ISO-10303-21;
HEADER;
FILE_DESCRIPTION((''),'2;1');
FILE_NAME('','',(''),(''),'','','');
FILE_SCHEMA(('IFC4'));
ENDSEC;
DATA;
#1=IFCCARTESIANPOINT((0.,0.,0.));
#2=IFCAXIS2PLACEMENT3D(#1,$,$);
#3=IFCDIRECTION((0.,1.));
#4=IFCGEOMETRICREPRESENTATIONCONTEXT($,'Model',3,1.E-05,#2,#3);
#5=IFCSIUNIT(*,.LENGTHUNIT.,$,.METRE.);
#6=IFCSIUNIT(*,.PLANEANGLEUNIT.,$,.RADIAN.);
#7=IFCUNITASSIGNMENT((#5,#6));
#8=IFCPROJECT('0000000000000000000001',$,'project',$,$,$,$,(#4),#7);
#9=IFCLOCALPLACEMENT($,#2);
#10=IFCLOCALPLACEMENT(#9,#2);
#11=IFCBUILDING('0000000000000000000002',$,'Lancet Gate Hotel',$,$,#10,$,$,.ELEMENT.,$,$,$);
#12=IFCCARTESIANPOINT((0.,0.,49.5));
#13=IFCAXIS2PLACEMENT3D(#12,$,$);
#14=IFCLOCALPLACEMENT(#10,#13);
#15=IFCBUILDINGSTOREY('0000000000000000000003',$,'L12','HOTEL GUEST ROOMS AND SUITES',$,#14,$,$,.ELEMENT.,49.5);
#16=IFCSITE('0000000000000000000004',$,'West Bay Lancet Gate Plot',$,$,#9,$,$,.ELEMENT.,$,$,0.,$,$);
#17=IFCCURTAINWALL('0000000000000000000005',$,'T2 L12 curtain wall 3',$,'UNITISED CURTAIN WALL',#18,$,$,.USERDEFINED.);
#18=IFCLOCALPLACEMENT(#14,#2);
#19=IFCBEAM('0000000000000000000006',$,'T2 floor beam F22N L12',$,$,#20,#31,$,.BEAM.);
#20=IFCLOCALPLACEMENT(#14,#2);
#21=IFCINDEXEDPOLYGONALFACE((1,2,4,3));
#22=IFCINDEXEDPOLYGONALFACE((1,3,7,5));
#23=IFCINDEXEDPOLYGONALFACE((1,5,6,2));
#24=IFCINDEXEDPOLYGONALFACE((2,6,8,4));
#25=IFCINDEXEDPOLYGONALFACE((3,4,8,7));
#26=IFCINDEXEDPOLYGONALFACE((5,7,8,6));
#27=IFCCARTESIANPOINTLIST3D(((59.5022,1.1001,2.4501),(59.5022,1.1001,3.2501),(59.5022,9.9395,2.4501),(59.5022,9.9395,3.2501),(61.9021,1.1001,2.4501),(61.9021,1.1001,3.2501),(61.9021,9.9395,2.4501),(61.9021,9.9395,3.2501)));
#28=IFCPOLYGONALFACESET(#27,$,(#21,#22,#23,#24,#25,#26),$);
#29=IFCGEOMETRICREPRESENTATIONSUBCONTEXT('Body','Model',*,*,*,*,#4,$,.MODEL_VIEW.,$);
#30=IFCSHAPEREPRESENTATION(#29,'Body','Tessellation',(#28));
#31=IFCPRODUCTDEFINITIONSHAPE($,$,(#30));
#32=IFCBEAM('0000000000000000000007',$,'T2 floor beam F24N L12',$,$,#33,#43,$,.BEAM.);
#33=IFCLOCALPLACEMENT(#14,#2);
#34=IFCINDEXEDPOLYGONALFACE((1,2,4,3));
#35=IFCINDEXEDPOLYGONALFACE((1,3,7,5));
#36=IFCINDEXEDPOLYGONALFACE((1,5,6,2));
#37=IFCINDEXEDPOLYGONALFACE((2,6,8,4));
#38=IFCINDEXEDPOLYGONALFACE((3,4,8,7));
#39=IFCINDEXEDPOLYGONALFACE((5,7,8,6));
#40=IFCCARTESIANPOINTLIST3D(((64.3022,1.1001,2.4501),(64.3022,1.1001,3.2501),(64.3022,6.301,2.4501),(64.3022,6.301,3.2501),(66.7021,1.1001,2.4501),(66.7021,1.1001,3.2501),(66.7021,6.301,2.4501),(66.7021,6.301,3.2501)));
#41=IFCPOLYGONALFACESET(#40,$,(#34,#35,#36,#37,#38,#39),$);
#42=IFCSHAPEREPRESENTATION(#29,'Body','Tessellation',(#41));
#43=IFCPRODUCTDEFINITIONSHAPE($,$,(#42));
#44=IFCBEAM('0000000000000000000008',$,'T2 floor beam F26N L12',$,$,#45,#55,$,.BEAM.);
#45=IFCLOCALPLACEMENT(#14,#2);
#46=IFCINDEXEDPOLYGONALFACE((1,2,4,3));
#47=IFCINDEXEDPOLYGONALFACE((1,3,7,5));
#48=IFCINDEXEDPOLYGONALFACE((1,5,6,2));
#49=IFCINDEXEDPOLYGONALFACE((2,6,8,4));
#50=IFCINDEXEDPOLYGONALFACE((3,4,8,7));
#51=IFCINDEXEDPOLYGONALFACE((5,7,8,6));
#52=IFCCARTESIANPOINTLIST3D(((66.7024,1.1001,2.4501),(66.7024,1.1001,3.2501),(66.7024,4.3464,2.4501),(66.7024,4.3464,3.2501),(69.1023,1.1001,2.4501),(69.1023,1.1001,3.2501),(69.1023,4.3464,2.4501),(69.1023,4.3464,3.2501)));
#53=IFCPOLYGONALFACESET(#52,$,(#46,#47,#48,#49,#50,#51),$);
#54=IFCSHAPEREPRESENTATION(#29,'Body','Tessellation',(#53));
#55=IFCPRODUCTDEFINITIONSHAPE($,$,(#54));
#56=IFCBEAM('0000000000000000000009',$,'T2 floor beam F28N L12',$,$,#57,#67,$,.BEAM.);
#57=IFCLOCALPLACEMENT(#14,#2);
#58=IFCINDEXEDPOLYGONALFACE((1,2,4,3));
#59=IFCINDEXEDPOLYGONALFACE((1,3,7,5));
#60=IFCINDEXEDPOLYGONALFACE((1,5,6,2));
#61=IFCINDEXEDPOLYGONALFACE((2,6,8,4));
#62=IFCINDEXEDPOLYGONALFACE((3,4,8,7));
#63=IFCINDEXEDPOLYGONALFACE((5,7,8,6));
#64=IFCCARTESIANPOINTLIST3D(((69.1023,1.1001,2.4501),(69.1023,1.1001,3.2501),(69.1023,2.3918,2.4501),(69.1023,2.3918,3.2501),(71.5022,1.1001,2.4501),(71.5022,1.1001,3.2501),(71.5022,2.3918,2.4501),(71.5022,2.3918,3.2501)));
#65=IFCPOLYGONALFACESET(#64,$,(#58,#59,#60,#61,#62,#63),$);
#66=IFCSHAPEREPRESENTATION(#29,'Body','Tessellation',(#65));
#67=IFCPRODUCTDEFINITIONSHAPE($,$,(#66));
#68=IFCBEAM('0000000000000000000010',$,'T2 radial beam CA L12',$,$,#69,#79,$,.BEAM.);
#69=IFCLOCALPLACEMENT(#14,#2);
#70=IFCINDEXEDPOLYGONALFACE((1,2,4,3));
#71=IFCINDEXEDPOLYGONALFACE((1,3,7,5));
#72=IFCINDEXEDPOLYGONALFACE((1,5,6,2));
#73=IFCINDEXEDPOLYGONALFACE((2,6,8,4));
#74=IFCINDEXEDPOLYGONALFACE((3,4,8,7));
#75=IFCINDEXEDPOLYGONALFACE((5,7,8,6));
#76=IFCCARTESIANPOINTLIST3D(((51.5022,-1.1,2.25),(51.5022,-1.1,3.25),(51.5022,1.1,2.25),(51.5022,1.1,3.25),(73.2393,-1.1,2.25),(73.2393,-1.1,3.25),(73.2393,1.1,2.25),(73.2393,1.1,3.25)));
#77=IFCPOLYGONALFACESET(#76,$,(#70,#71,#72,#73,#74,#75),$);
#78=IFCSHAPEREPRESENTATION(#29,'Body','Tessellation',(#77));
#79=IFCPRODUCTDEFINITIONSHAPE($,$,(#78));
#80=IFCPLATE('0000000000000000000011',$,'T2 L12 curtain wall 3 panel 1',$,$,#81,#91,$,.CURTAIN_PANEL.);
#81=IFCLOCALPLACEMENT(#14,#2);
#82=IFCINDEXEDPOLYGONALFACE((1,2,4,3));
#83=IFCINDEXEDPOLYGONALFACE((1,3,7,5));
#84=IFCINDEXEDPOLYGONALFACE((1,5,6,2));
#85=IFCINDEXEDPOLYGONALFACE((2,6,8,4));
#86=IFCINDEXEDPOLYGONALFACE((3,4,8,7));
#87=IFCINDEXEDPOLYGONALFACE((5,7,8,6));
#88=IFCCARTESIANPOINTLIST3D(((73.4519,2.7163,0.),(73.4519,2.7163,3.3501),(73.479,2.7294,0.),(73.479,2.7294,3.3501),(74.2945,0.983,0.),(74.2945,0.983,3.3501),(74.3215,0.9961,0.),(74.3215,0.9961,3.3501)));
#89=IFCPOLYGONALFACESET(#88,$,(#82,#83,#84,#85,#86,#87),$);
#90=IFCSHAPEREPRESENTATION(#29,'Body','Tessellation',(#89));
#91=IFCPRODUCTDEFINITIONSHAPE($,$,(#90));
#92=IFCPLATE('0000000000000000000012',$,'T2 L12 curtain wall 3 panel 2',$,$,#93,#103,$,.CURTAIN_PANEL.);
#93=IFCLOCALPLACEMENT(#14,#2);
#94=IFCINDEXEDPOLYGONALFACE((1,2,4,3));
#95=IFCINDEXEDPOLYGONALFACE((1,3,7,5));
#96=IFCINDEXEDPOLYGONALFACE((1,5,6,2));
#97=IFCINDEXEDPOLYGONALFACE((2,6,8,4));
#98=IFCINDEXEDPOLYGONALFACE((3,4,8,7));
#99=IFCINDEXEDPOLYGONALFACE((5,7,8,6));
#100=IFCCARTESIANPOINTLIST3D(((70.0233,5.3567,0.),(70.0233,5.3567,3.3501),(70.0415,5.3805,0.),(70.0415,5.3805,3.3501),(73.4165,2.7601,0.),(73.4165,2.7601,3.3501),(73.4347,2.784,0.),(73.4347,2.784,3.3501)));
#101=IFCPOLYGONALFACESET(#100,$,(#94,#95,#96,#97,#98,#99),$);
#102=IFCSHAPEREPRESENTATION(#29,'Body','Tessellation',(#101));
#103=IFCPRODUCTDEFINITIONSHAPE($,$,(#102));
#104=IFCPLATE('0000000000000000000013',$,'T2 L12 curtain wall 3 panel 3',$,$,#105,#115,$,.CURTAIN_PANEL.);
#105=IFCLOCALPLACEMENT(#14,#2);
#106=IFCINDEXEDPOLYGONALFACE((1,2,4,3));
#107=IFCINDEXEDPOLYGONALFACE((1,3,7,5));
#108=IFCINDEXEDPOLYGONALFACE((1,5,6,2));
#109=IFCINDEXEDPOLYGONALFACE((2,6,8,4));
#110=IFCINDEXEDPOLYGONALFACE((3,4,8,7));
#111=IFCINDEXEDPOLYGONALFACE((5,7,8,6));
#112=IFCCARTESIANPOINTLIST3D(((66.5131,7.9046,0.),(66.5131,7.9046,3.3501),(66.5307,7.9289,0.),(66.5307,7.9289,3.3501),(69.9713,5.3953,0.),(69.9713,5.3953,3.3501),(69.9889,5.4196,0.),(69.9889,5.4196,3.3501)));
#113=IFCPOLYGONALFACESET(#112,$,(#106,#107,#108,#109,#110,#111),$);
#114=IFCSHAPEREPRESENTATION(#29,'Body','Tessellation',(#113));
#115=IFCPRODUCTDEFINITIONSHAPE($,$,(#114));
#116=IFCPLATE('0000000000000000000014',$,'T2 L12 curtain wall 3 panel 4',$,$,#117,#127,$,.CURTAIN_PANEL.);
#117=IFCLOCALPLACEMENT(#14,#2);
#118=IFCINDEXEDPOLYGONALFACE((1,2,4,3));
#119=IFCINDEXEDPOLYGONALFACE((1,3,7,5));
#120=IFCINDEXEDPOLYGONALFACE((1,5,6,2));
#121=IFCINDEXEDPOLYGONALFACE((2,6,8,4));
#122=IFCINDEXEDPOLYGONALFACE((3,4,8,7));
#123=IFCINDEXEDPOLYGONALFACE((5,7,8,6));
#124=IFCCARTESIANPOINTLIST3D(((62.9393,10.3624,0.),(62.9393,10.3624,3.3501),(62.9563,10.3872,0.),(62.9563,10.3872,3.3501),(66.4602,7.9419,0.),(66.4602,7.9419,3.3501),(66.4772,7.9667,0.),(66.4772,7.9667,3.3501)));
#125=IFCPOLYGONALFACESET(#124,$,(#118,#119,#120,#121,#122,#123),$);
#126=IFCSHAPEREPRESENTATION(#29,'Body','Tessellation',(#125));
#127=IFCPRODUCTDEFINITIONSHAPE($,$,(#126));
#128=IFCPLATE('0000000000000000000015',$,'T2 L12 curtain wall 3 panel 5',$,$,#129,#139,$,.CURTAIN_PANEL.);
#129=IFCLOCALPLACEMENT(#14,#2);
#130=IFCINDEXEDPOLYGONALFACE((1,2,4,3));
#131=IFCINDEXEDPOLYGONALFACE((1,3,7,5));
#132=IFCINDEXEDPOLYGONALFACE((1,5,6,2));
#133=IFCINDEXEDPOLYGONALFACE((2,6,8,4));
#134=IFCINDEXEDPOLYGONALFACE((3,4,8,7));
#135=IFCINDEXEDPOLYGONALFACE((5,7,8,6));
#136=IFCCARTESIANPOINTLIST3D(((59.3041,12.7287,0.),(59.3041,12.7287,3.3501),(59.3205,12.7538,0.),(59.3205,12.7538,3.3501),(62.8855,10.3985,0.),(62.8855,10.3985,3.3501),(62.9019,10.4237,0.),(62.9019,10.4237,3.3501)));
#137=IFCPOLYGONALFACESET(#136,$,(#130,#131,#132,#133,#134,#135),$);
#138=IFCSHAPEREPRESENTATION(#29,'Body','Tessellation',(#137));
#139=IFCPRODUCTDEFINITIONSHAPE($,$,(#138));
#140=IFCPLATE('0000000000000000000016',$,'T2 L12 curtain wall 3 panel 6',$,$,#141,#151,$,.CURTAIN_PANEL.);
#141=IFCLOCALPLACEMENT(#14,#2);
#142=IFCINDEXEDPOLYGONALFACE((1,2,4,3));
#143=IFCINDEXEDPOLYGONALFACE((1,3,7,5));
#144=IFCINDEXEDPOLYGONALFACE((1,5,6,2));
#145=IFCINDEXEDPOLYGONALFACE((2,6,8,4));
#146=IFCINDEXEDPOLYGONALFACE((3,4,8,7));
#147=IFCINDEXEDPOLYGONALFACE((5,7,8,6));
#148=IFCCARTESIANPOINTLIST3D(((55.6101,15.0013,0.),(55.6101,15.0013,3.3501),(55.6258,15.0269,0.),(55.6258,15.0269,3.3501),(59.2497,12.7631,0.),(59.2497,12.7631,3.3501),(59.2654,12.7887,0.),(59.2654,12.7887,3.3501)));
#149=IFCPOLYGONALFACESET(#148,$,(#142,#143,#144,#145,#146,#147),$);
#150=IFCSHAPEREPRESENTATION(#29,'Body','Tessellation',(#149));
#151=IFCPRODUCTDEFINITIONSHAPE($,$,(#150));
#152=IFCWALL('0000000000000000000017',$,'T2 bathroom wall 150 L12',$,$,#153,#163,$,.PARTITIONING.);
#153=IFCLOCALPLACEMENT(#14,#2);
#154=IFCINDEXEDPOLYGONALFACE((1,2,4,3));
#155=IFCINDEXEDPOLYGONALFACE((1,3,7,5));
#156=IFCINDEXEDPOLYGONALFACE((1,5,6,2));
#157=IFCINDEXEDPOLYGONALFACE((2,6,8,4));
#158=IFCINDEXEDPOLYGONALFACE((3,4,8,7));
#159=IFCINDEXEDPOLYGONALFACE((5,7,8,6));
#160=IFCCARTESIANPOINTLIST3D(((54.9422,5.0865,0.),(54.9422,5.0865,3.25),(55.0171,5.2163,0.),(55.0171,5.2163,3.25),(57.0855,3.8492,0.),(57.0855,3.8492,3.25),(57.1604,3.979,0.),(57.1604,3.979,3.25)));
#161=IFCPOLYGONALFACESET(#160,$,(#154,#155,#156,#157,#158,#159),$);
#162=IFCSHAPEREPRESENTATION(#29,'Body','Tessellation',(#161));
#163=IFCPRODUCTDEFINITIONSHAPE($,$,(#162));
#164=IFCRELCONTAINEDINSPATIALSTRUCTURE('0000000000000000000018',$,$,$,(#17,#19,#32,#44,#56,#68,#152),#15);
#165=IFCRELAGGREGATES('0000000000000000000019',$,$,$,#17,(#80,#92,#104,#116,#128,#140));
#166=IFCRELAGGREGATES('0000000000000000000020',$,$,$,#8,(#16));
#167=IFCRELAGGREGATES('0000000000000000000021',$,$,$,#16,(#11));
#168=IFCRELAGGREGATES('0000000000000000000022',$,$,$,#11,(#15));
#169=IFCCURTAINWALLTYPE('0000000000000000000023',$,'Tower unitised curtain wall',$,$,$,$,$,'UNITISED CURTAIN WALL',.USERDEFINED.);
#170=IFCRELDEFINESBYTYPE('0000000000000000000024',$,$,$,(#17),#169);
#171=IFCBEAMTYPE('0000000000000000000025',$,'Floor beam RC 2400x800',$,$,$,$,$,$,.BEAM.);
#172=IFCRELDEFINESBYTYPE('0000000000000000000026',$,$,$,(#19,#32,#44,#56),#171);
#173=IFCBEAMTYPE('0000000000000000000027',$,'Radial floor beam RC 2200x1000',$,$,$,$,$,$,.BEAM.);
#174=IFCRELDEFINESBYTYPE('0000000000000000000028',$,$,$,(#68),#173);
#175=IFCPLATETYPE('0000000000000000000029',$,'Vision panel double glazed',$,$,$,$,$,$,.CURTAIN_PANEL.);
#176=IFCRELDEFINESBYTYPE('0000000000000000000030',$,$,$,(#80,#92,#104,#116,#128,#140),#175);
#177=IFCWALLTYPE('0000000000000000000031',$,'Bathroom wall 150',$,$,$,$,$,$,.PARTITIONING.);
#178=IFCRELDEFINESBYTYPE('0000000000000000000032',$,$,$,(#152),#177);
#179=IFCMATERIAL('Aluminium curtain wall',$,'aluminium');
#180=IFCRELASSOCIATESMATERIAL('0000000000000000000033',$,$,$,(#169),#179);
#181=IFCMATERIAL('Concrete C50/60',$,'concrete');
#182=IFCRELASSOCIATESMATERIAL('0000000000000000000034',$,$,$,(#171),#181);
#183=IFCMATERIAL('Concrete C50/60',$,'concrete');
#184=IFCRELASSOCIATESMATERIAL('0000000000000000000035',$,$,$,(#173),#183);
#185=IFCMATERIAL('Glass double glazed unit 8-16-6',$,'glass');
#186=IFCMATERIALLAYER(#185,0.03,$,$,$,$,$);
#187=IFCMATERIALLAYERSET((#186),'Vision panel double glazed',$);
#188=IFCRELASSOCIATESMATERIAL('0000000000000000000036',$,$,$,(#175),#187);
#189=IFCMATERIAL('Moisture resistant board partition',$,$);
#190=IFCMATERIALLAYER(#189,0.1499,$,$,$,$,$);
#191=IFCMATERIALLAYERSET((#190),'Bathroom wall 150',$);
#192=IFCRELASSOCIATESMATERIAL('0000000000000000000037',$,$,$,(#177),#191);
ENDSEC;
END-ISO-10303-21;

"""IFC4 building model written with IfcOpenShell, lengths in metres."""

from ifc_helpers import new_model, si_unit, direction, frame, frame_2d, origin, origin_2d, place, context, subcontext, project, spatial, rectangle, extrude, material, layer, layer_set, material_profile, profile_set, type_object, element, aggregate, save


model = new_model("IFC4")

# Units and contexts
model_context = context("Model", 3, precision=1e-05, world=origin(), true_north=direction((0.0, 1.0)))
body_context = subcontext(model_context, "Body", "Model", "MODEL_VIEW")
ifc_project = project(units=[si_unit("LENGTHUNIT", "METRE"), si_unit("PLANEANGLEUNIT", "RADIAN")], contexts=[model_context])

# Site, building, storey
site_placement = place(None, origin())
site = spatial("IfcSite", under=ifc_project, at=site_placement, Name="West Bay Lancet Gate Plot", CompositionType="ELEMENT", RefElevation=0.0)
building_placement = place(site_placement, origin())
building = spatial("IfcBuilding", under=site, at=building_placement, Name="Lancet Gate Hotel", CompositionType="ELEMENT")
storey_placement = place(building_placement, frame((0.0, 0.0, 49.5)))
storey = spatial("IfcBuildingStorey", under=building, at=storey_placement, Name="L12", Description="HOTEL GUEST ROOMS AND SUITES", CompositionType="ELEMENT", Elevation=49.5)

# Curtain wall
ifc_material_1 = material(Name="Aluminium curtain wall", Category="aluminium")
curtain_wall_type = type_object("IfcCurtainWallType", Name="Tower unitised curtain wall", ElementType="UNITISED CURTAIN WALL", PredefinedType="USERDEFINED", material=ifc_material_1)
curtain_wall_placement = place(storey_placement, origin())
curtain_wall = element("IfcCurtainWall", 1, at=curtain_wall_placement, inside=storey, type_object=curtain_wall_type, Name="T2 L12 curtain wall 3", ObjectType="UNITISED CURTAIN WALL", PredefinedType="USERDEFINED")

# Beams
ifc_material_2 = material(Name="Concrete C50/60", Category="concrete")
ifc_material_profile_1 = material_profile(ifc_material_2, rectangle(XDim=2.3999, YDim=0.8, at=origin_2d()), Name="RC 2400x800")
ifc_profile_set_1 = profile_set([ifc_material_profile_1], Name="Concrete C50/60")
beam_type_1 = type_object("IfcBeamType", Name="Floor beam RC 2400x800", PredefinedType="BEAM", material=ifc_profile_set_1)
beam_1_placement = place(storey_placement, frame((60.7021, 1.1001, 2.8501), z_axis=(0.0, 1.0, 0.0), x_axis=(-1.0, 0.0, 0.0)))
element("IfcBeam", 2, at=beam_1_placement, inside=storey, type_object=beam_type_1, Name="T2 floor beam F22N L12", PredefinedType="BEAM", context=body_context, shape_type="SweptSolid", body=[
    extrude(rectangle(XDim=2.3999, YDim=0.8, at=origin_2d()), origin(), (0.0, 0.0, 1.0), 8.8394),
])
beam_2_placement = place(storey_placement, frame((65.5022, 1.1001, 2.8501), z_axis=(0.0, 1.0, 0.0), x_axis=(-1.0, 0.0, 0.0)))
element("IfcBeam", 3, at=beam_2_placement, inside=storey, type_object=beam_type_1, Name="T2 floor beam F24N L12", PredefinedType="BEAM", context=body_context, shape_type="SweptSolid", body=[
    extrude(rectangle(XDim=2.3999, YDim=0.8, at=origin_2d()), origin(), (0.0, 0.0, 1.0), 5.2009),
])
beam_3_placement = place(storey_placement, frame((67.9023, 1.1001, 2.8501), z_axis=(0.0, 1.0, 0.0), x_axis=(-1.0, 0.0, 0.0)))
element("IfcBeam", 4, at=beam_3_placement, inside=storey, type_object=beam_type_1, Name="T2 floor beam F26N L12", PredefinedType="BEAM", context=body_context, shape_type="SweptSolid", body=[
    extrude(rectangle(XDim=2.3999, YDim=0.8, at=origin_2d()), origin(), (0.0, 0.0, 1.0), 3.2463),
])
beam_4_placement = place(storey_placement, frame((70.3022, 1.1001, 2.8501), z_axis=(0.0, 1.0, 0.0), x_axis=(-1.0, 0.0, 0.0)))
element("IfcBeam", 5, at=beam_4_placement, inside=storey, type_object=beam_type_1, Name="T2 floor beam F28N L12", PredefinedType="BEAM", context=body_context, shape_type="SweptSolid", body=[
    extrude(rectangle(XDim=2.3999, YDim=0.8, at=origin_2d()), origin(), (0.0, 0.0, 1.0), 1.2917),
])
ifc_material_3 = material(Name="Concrete C50/60", Category="concrete")
ifc_material_profile_2 = material_profile(ifc_material_3, rectangle(XDim=2.2, YDim=1.0, at=origin_2d()), Name="RC 2200x1000")
ifc_profile_set_2 = profile_set([ifc_material_profile_2], Name="Concrete C50/60")
beam_type_2 = type_object("IfcBeamType", Name="Radial floor beam RC 2200x1000", PredefinedType="BEAM", material=ifc_profile_set_2)
beam_5_placement = place(storey_placement, frame((73.2393, 0.0, 2.75), z_axis=(-1.0, 0.0, 0.0), x_axis=(0.0, -1.0, 0.0)))
element("IfcBeam", 6, at=beam_5_placement, inside=storey, type_object=beam_type_2, Name="T2 radial beam CA L12", PredefinedType="BEAM", context=body_context, shape_type="SweptSolid", body=[
    extrude(rectangle(XDim=2.2, YDim=1.0, at=origin_2d()), origin(), (0.0, 0.0, 1.0), 21.7371),
])

# Plates
ifc_material_4 = material(Name="Glass double glazed unit 8-16-6", Category="glass")
ifc_layer_1 = layer(ifc_material_4, 0.03)
ifc_layer_set_1 = layer_set([ifc_layer_1], Name="Vision panel double glazed")
plate_type = type_object("IfcPlateType", Name="Vision panel double glazed", PredefinedType="CURTAIN_PANEL", material=ifc_layer_set_1)
plate_1_placement = place(storey_placement, frame((73.8867, 1.8562, 0.0), z_axis=(0.0, 0.0, 1.0), x_axis=(-0.437169, 0.899379, 0.0)))
plate_1 = element("IfcPlate", 7, at=plate_1_placement, type_object=plate_type, Name="T2 L12 curtain wall 3 panel 1", PredefinedType="CURTAIN_PANEL", context=body_context, shape_type="SweptSolid", body=[
    extrude(rectangle(XDim=1.9272, YDim=0.03, at=origin_2d()), origin(), (0.0, 0.0, 1.0), 3.3501),
])
plate_2_placement = place(storey_placement, frame((71.729, 4.0703, 0.0), z_axis=(0.0, 0.0, 1.0), x_axis=(-0.79416, 0.607709, 0.0)))
plate_2 = element("IfcPlate", 8, at=plate_2_placement, type_object=plate_type, Name="T2 L12 curtain wall 3 panel 2", PredefinedType="CURTAIN_PANEL", context=body_context, shape_type="SweptSolid", body=[
    extrude(rectangle(XDim=4.2727, YDim=0.03, at=origin_2d()), origin(), (0.0, 0.0, 1.0), 3.3501),
])
plate_3_placement = place(storey_placement, frame((68.251, 6.6621, 0.0), z_axis=(0.0, 0.0, 1.0), x_axis=(-0.80937, 0.587299, 0.0)))
plate_3 = element("IfcPlate", 9, at=plate_3_placement, type_object=plate_type, Name="T2 L12 curtain wall 3 panel 3", PredefinedType="CURTAIN_PANEL", context=body_context, shape_type="SweptSolid", body=[
    extrude(rectangle(XDim=4.2727, YDim=0.03, at=origin_2d()), origin(), (0.0, 0.0, 1.0), 3.3501),
])
plate_4_placement = place(storey_placement, frame((64.7083, 9.1646, 0.0), z_axis=(0.0, 0.0, 1.0), x_axis=(-0.824055, 0.566509, 0.0)))
plate_4 = element("IfcPlate", 10, at=plate_4_placement, type_object=plate_type, Name="T2 L12 curtain wall 3 panel 4", PredefinedType="CURTAIN_PANEL", context=body_context, shape_type="SweptSolid", body=[
    extrude(rectangle(XDim=4.2727, YDim=0.03, at=origin_2d()), origin(), (0.0, 0.0, 1.0), 3.3501),
])
plate_5_placement = place(storey_placement, frame((61.103, 11.5762, 0.0), z_axis=(0.0, 0.0, 1.0), x_axis=(-0.838207, 0.545353, 0.0)))
plate_5 = element("IfcPlate", 11, at=plate_5_placement, type_object=plate_type, Name="T2 L12 curtain wall 3 panel 5", PredefinedType="CURTAIN_PANEL", context=body_context, shape_type="SweptSolid", body=[
    extrude(rectangle(XDim=4.2727, YDim=0.03, at=origin_2d()), origin(), (0.0, 0.0, 1.0), 3.3501),
])
plate_6_placement = place(storey_placement, frame((57.4377, 13.895, 0.0), z_axis=(0.0, 0.0, 1.0), x_axis=(-0.851815, 0.523842, 0.0)))
plate_6 = element("IfcPlate", 12, at=plate_6_placement, type_object=plate_type, Name="T2 L12 curtain wall 3 panel 6", PredefinedType="CURTAIN_PANEL", context=body_context, shape_type="SweptSolid", body=[
    extrude(rectangle(XDim=4.2727, YDim=0.03, at=origin_2d()), origin(), (0.0, 0.0, 1.0), 3.3501),
])
aggregate(curtain_wall, [plate_1, plate_2, plate_3, plate_4, plate_5, plate_6])

# Wall
ifc_material_5 = material(Name="Moisture resistant board partition")
ifc_layer_2 = layer(ifc_material_5, 0.1499)
ifc_layer_set_2 = layer_set([ifc_layer_2], Name="Bathroom wall 150")
wall_type = type_object("IfcWallType", Name="Bathroom wall 150", PredefinedType="PARTITIONING", material=ifc_layer_set_2)
wall_1_placement = place(storey_placement, frame((54.9797, 5.1514, 0.0), z_axis=(0.0, 0.0, 1.0), x_axis=(0.866049, -0.499959, 0.0)))
element("IfcWall", 13, at=wall_1_placement, inside=storey, type_object=wall_type, Name="T2 bathroom wall 150 L12", PredefinedType="PARTITIONING", context=body_context, shape_type="SweptSolid", body=[
    extrude(rectangle(XDim=2.4749, YDim=0.1499, at=frame_2d((1.2373, 0.0))), origin(), (0.0, 0.0, 1.0), 3.25),
])

save(model, "model.ifc")
